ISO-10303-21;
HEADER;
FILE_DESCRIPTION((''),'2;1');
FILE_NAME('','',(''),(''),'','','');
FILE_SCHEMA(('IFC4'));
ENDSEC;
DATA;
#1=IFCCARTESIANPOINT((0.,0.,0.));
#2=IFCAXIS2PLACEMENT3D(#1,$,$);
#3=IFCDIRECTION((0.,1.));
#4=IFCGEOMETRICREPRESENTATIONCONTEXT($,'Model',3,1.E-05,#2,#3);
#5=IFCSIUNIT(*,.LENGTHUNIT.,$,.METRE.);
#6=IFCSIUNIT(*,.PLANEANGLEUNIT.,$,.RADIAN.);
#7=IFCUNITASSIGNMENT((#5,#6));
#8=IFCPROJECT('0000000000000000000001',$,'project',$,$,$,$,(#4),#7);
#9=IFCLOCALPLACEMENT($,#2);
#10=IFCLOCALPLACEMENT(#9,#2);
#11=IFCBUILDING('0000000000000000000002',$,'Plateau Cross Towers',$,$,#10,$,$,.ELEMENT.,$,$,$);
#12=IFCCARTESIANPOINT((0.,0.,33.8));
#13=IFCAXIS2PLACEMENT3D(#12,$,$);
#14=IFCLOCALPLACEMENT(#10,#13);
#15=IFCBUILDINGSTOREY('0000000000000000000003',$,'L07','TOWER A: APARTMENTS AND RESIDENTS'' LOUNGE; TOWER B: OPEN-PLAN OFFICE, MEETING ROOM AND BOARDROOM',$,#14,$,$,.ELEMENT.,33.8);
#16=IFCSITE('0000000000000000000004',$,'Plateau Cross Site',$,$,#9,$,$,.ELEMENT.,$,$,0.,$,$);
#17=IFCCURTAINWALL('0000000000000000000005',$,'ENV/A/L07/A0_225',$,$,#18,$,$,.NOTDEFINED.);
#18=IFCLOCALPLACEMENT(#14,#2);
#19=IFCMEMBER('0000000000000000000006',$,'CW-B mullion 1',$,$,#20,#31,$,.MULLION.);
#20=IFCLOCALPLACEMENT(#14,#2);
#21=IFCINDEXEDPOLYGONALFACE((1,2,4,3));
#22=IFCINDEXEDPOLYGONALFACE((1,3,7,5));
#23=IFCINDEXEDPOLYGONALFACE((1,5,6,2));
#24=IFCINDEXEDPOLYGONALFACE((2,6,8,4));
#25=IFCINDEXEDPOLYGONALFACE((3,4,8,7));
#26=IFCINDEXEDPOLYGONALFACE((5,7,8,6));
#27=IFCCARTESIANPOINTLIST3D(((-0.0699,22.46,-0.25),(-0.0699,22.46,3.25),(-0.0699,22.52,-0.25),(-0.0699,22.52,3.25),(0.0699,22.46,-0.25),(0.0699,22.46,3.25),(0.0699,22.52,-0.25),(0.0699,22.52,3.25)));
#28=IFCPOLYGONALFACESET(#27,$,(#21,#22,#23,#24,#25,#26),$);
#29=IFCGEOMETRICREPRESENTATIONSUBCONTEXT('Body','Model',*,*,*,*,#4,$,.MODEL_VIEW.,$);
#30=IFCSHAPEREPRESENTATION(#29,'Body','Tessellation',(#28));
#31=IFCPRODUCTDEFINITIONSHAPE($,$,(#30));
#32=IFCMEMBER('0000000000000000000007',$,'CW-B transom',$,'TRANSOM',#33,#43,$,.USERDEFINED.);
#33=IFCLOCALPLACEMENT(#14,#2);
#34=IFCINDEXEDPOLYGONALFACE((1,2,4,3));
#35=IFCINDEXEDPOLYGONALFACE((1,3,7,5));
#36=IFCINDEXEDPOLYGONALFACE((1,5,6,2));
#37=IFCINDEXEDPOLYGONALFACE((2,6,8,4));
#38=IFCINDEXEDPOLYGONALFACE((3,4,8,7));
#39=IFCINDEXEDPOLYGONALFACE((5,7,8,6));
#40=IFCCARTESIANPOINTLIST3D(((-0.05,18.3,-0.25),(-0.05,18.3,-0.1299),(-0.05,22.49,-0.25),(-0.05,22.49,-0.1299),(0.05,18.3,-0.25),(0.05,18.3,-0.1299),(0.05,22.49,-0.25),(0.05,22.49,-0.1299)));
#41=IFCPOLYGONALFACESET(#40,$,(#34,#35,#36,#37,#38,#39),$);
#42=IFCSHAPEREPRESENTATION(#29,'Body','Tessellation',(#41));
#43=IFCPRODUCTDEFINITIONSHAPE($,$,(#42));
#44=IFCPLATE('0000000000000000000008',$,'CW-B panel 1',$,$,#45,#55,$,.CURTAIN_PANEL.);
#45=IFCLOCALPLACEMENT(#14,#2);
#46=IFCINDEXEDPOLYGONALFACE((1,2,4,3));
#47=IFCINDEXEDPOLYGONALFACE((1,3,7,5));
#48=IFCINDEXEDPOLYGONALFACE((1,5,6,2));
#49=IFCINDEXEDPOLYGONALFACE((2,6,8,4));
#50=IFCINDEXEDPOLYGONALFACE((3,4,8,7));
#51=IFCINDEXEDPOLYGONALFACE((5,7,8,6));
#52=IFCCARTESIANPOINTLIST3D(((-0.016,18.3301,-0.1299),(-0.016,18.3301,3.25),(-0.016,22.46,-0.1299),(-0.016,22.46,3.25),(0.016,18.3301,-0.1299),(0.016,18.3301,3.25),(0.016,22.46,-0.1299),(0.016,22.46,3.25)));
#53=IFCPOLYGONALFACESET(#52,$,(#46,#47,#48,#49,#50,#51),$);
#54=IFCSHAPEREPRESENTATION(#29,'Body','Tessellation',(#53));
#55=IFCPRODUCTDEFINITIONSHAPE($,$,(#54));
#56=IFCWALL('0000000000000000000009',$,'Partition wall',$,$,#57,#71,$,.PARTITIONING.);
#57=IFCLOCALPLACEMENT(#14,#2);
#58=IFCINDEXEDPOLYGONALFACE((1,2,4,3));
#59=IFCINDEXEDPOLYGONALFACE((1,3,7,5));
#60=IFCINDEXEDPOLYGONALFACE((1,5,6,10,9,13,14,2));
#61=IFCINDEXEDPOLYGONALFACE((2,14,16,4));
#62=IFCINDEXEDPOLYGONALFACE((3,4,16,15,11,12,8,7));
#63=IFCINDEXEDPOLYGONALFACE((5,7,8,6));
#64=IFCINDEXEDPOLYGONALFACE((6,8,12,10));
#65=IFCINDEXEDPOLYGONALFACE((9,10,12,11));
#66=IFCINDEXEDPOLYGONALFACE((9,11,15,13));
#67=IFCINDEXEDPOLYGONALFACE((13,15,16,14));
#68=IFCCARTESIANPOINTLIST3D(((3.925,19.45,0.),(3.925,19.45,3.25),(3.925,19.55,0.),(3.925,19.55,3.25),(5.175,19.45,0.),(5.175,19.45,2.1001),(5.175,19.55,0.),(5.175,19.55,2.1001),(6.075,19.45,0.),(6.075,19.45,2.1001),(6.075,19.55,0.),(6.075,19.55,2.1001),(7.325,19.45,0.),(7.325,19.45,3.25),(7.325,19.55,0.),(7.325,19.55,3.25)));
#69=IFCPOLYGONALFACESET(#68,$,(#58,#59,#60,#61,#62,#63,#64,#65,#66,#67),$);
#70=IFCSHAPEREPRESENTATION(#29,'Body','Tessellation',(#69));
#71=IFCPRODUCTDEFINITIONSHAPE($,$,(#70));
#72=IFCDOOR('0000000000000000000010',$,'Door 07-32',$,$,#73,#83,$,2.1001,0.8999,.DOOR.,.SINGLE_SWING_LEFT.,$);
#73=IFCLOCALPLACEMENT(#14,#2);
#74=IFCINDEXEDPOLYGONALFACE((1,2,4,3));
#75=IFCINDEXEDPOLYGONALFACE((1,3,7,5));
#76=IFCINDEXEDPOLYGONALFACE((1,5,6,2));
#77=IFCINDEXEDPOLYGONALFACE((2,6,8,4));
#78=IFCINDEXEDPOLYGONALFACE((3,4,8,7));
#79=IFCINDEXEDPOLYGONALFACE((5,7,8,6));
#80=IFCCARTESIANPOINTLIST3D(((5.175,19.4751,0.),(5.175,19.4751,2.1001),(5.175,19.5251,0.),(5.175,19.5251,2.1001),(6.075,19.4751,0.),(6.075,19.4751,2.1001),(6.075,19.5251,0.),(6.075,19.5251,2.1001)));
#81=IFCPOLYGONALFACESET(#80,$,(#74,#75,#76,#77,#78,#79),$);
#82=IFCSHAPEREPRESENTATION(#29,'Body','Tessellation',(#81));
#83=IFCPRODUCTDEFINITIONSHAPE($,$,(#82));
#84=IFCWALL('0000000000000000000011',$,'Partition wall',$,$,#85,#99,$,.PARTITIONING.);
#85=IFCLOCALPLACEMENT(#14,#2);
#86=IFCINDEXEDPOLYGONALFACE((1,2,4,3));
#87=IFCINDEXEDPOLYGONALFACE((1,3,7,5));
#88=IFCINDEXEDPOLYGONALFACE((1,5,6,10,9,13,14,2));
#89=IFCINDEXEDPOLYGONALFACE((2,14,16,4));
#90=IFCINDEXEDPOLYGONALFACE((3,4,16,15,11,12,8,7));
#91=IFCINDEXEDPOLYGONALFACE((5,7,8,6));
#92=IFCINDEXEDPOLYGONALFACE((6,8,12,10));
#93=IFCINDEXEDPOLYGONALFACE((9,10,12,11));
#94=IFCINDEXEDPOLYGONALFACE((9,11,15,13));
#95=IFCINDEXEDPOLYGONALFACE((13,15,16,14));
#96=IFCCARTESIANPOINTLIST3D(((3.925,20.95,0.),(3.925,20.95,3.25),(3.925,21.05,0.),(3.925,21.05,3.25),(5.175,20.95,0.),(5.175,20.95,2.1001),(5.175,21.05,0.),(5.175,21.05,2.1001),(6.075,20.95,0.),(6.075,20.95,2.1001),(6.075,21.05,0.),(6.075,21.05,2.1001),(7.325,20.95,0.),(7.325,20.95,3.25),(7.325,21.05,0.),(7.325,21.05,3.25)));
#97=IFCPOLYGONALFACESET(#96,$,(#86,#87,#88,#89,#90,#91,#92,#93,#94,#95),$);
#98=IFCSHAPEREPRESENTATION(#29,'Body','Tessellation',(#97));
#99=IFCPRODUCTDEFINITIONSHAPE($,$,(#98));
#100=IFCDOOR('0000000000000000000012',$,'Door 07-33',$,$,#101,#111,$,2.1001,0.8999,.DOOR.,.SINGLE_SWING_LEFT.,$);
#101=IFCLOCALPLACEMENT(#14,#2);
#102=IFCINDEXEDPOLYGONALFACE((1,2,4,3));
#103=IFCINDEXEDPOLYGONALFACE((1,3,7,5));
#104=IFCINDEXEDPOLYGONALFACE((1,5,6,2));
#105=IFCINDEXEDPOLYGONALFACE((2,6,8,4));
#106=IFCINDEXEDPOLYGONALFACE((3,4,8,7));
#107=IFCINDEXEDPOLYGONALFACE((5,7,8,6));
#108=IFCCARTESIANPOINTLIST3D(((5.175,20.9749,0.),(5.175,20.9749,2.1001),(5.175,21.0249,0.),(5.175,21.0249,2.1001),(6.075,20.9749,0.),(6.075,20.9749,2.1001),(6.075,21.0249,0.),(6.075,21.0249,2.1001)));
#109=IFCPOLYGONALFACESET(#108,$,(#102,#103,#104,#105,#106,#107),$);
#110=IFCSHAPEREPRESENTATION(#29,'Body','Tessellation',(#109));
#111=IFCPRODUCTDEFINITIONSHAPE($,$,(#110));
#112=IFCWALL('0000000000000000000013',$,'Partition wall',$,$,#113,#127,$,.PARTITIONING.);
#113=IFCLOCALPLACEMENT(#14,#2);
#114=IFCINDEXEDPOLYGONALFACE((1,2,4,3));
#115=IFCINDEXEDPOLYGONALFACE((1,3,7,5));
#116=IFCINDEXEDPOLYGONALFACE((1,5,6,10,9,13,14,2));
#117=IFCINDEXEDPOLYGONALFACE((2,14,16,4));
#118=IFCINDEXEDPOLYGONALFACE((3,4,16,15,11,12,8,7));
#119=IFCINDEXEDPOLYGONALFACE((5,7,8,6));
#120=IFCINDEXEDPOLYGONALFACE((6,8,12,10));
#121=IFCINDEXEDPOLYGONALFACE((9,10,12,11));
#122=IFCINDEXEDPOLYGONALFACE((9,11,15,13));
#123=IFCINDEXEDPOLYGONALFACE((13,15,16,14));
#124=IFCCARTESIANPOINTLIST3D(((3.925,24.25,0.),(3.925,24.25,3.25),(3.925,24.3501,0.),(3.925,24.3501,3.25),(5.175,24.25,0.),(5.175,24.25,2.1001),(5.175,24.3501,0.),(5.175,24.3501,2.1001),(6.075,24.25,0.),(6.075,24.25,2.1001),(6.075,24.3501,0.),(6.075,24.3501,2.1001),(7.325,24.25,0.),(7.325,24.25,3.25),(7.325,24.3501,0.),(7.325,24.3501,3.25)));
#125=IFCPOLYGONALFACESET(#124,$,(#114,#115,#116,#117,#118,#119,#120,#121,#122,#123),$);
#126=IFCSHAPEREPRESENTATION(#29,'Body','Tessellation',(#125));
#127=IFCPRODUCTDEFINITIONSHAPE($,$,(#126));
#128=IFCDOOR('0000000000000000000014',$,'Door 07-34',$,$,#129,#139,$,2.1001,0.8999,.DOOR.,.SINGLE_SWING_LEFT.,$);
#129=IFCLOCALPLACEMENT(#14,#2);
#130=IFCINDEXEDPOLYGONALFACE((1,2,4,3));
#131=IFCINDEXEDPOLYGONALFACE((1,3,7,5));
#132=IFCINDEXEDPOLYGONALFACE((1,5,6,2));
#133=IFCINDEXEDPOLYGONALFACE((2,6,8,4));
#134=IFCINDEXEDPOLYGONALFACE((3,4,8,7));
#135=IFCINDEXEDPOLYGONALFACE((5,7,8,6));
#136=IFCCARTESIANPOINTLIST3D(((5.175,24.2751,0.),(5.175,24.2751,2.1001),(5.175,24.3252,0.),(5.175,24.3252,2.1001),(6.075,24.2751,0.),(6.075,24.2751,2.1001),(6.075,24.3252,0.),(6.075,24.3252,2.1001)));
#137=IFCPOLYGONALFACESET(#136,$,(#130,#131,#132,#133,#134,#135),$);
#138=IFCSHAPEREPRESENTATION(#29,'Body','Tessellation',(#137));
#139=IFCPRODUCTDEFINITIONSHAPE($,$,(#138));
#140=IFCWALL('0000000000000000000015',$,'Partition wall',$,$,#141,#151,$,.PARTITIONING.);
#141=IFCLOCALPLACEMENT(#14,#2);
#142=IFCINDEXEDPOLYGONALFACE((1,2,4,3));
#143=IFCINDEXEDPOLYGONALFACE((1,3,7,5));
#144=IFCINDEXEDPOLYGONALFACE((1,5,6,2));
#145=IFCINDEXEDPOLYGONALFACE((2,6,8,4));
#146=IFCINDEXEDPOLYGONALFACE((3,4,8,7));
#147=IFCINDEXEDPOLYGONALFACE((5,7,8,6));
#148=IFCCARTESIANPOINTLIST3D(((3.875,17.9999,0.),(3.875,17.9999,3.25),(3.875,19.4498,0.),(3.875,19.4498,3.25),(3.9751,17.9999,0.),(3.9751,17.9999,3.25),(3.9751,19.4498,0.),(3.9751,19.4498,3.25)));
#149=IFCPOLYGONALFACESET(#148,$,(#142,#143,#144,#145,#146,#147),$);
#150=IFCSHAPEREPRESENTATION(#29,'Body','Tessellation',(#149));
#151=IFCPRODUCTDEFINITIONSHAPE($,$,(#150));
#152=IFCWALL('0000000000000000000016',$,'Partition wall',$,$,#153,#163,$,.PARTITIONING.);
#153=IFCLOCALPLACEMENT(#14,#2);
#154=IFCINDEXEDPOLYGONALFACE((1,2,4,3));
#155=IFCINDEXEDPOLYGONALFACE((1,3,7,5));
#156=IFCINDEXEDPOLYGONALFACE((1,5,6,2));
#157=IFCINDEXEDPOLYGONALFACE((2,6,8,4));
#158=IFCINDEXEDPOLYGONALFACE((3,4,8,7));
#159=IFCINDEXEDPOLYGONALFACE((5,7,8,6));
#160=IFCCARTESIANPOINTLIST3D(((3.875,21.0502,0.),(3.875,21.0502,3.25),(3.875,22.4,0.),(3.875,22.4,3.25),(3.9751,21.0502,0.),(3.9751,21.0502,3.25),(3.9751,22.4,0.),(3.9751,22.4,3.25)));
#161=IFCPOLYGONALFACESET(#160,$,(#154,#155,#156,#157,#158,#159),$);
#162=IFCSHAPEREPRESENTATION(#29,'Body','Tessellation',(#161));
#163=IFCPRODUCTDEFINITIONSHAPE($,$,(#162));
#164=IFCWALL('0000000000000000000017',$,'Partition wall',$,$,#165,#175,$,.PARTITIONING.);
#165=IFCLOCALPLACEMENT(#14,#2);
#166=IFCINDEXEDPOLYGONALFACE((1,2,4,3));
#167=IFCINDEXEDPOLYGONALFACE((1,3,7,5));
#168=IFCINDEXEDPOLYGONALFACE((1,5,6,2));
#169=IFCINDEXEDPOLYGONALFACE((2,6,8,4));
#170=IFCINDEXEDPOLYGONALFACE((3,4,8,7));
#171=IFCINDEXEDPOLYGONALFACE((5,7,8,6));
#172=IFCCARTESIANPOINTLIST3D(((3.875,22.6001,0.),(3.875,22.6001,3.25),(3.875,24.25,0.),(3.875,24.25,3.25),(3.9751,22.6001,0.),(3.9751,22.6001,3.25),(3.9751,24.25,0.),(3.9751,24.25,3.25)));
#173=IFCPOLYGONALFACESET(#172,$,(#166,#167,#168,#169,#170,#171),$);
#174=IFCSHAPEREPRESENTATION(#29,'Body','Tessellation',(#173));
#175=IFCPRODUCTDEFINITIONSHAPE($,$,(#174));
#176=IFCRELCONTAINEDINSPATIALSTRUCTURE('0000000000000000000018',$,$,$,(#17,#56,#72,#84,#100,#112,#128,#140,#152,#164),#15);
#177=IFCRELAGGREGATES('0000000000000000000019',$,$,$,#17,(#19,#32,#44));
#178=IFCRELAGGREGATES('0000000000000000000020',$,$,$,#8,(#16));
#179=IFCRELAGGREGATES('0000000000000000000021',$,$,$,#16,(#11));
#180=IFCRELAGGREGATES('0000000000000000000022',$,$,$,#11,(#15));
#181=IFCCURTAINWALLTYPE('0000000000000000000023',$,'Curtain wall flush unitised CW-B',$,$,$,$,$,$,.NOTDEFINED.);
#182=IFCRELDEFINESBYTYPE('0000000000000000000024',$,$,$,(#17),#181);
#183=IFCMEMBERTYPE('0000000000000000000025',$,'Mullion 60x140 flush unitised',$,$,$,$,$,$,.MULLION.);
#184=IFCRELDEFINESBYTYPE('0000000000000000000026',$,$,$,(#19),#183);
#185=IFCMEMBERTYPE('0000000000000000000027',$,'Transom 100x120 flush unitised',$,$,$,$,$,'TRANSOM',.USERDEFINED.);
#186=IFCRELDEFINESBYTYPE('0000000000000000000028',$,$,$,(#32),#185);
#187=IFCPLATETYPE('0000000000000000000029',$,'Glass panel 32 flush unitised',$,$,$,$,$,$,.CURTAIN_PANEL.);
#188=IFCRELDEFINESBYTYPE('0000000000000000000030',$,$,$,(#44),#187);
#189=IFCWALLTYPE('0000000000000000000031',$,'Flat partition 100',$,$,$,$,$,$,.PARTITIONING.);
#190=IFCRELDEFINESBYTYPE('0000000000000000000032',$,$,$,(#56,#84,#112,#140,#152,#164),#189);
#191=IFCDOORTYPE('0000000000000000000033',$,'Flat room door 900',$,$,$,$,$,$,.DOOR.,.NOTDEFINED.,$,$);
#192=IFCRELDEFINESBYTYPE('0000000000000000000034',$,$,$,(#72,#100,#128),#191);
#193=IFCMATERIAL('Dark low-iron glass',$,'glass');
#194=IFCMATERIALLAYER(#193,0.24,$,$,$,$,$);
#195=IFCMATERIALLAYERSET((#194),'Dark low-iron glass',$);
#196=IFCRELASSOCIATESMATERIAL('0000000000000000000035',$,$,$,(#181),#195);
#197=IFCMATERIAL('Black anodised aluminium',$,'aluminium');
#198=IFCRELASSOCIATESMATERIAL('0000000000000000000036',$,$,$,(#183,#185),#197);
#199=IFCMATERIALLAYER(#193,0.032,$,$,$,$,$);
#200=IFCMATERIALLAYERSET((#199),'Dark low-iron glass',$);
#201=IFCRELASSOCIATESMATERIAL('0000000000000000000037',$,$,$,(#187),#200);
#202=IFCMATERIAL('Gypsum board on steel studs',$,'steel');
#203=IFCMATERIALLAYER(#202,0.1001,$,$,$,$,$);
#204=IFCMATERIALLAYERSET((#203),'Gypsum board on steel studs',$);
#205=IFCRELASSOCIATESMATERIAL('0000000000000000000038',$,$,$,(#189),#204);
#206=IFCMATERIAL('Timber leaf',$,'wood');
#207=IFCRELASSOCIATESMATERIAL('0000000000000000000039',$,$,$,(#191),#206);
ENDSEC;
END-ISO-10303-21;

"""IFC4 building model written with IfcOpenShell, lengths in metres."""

from ifc_helpers import new_model, si_unit, direction, frame, frame_2d, origin, origin_2d, place, context, subcontext, project, spatial, rectangle, extrude, material, layer, layer_set, material_profile, profile_set, type_object, element, fill, aggregate, save


model = new_model("IFC4")

# Units and contexts
model_context = context("Model", 3, precision=1e-05, world=origin(), true_north=direction((0.0, 1.0)))
body_context = subcontext(model_context, "Body", "Model", "MODEL_VIEW")
ifc_project = project(units=[si_unit("LENGTHUNIT", "METRE"), si_unit("PLANEANGLEUNIT", "RADIAN")], contexts=[model_context])

# Site, building, storey
site_placement = place(None, origin())
site = spatial("IfcSite", under=ifc_project, at=site_placement, Name="Plateau Cross Site", CompositionType="ELEMENT", RefElevation=0.0)
building_placement = place(site_placement, origin())
building = spatial("IfcBuilding", under=site, at=building_placement, Name="Plateau Cross Towers", CompositionType="ELEMENT")
storey_placement = place(building_placement, frame((0.0, 0.0, 33.8)))
storey = spatial("IfcBuildingStorey", under=building, at=storey_placement, Name="L07", Description="TOWER A: APARTMENTS AND RESIDENTS' LOUNGE; TOWER B: OPEN-PLAN OFFICE, MEETING ROOM AND BOARDROOM", CompositionType="ELEMENT", Elevation=33.8)

# Curtain wall, members, plate
ifc_material_1 = material(Name="Dark low-iron glass", Category="glass")
ifc_layer_1 = layer(ifc_material_1, 0.24)
ifc_layer_set_1 = layer_set([ifc_layer_1], Name="Dark low-iron glass")
curtain_wall_type = type_object("IfcCurtainWallType", Name="Curtain wall flush unitised CW-B", PredefinedType="NOTDEFINED", material=ifc_layer_set_1)
curtain_wall_placement = place(storey_placement, origin())
curtain_wall = element("IfcCurtainWall", 1, at=curtain_wall_placement, inside=storey, type_object=curtain_wall_type, Name="ENV/A/L07/A0_225", PredefinedType="NOTDEFINED")
ifc_material_2 = material(Name="Black anodised aluminium", Category="aluminium")
ifc_material_profile_1 = material_profile(ifc_material_2, rectangle(XDim=0.0601, YDim=0.1399, at=origin_2d()), Name="MULLION 60x140")
ifc_profile_set_1 = profile_set([ifc_material_profile_1], Name="Black anodised aluminium")
member_type_1 = type_object("IfcMemberType", Name="Mullion 60x140 flush unitised", PredefinedType="MULLION", material=ifc_profile_set_1)
member_1_placement = place(storey_placement, frame((0.0, 22.49, -0.25), z_axis=(0.0, 0.0, 1.0), x_axis=(0.0, -1.0, 0.0)))
member_1 = element("IfcMember", 2, at=member_1_placement, type_object=member_type_1, Name="CW-B mullion 1", PredefinedType="MULLION", context=body_context, shape_type="SweptSolid", body=[
    extrude(rectangle(XDim=0.0601, YDim=0.1399, at=origin_2d()), origin(), (0.0, 0.0, 1.0), 3.5),
])
ifc_material_profile_2 = material_profile(ifc_material_2, rectangle(XDim=0.1001, YDim=0.1201, at=origin_2d()), Name="TRANSOM 100x120")
ifc_profile_set_2 = profile_set([ifc_material_profile_2], Name="Black anodised aluminium")
member_type_2 = type_object("IfcMemberType", Name="Transom 100x120 flush unitised", ElementType="TRANSOM", PredefinedType="USERDEFINED", material=ifc_profile_set_2)
member_2_placement = place(storey_placement, frame((0.0, 22.49, -0.1899), z_axis=(0.0, -1.0, 0.0), x_axis=(1.0, 0.0, 0.0)))
member_2 = element("IfcMember", 3, at=member_2_placement, type_object=member_type_2, Name="CW-B transom", ObjectType="TRANSOM", PredefinedType="USERDEFINED", context=body_context, shape_type="SweptSolid", body=[
    extrude(rectangle(XDim=0.1001, YDim=0.1201, at=origin_2d()), origin(), (0.0, 0.0, 1.0), 4.1899),
])
ifc_layer_2 = layer(ifc_material_1, 0.032)
ifc_layer_set_2 = layer_set([ifc_layer_2], Name="Dark low-iron glass")
plate_type = type_object("IfcPlateType", Name="Glass panel 32 flush unitised", PredefinedType="CURTAIN_PANEL", material=ifc_layer_set_2)
plate_placement = place(storey_placement, frame((0.0, 20.395, -0.1299), z_axis=(0.0, 0.0, 1.0), x_axis=(0.0, -1.0, 0.0)))
plate = element("IfcPlate", 4, at=plate_placement, type_object=plate_type, Name="CW-B panel 1", PredefinedType="CURTAIN_PANEL", context=body_context, shape_type="SweptSolid", body=[
    extrude(rectangle(XDim=4.1299, YDim=0.032, at=origin_2d()), origin(), (0.0, 0.0, 1.0), 3.3799),
])
aggregate(curtain_wall, [member_1, member_2, plate])

# Walls, openings, doors
ifc_material_3 = material(Name="Gypsum board on steel studs", Category="steel")
ifc_layer_3 = layer(ifc_material_3, 0.1001)
ifc_layer_set_3 = layer_set([ifc_layer_3], Name="Gypsum board on steel studs")
wall_type_1 = type_object("IfcWallType", Name="Flat partition 100", PredefinedType="PARTITIONING", material=ifc_layer_set_3)
wall_1_placement = place(storey_placement, frame((7.325, 19.5, 0.0), z_axis=(0.0, 0.0, 1.0), x_axis=(-1.0, 0.0, 0.0)))
wall_1 = element("IfcWall", 5, at=wall_1_placement, inside=storey, type_object=wall_type_1, Name="Partition wall", PredefinedType="PARTITIONING", context=body_context, shape_type="SweptSolid", body=[
    extrude(rectangle(XDim=3.3999, YDim=0.1001, at=frame_2d((1.7, 0.0))), origin(), (0.0, 0.0, 1.0), 3.25),
])
opening_1_placement = place(wall_1_placement, frame((1.25, 0.0, 0.0)))
opening_1 = element("IfcOpeningElement", 6, at=opening_1_placement, cuts=wall_1, PredefinedType="OPENING", context=body_context, shape_type="SweptSolid", body=[
    extrude(rectangle(XDim=0.8999, YDim=2.1001, at=frame_2d((0.45, 1.05))), frame((0.0, 0.0601, 0.0), z_axis=(0.0, -1.0, 0.0), x_axis=(1.0, 0.0, 0.0)), (0.0, 0.0, 1.0), 0.1201),
])
ifc_material_4 = material(Name="Timber leaf", Category="wood")
door_type_1 = type_object("IfcDoorType", Name="Flat room door 900", OperationType="NOTDEFINED", PredefinedType="DOOR", material=ifc_material_4)
door_1_placement = place(opening_1_placement, origin())
door_1 = element("IfcDoor", 7, at=door_1_placement, inside=storey, type_object=door_type_1, Name="Door 07-32", OperationType="SINGLE_SWING_LEFT", OverallHeight=2.1001, OverallWidth=0.8999, PredefinedType="DOOR", context=body_context, shape_type="SweptSolid", body=[
    extrude(rectangle(XDim=0.8999, YDim=2.1001, at=frame_2d((0.45, 1.05))), frame((0.0, 0.0249, 0.0), z_axis=(0.0, -1.0, 0.0), x_axis=(1.0, 0.0, 0.0)), (0.0, 0.0, 1.0), 0.05),
])
fill(opening_1, door_1)
wall_2_placement = place(storey_placement, frame((3.925, 21.0, 0.0), z_axis=(0.0, 0.0, 1.0), x_axis=(1.0, 0.0, 0.0)))
wall_2 = element("IfcWall", 8, at=wall_2_placement, inside=storey, type_object=wall_type_1, Name="Partition wall", PredefinedType="PARTITIONING", context=body_context, shape_type="SweptSolid", body=[
    extrude(rectangle(XDim=3.3999, YDim=0.1001, at=frame_2d((1.7, 0.0))), origin(), (0.0, 0.0, 1.0), 3.25),
])
opening_2_placement = place(wall_2_placement, frame((1.25, 0.0, 0.0)))
opening_2 = element("IfcOpeningElement", 9, at=opening_2_placement, cuts=wall_2, PredefinedType="OPENING", context=body_context, shape_type="SweptSolid", body=[
    extrude(rectangle(XDim=0.8999, YDim=2.1001, at=frame_2d((0.45, 1.05))), frame((0.0, 0.0601, 0.0), z_axis=(0.0, -1.0, 0.0), x_axis=(1.0, 0.0, 0.0)), (0.0, 0.0, 1.0), 0.1201),
])
door_2_placement = place(opening_2_placement, origin())
door_2 = element("IfcDoor", 10, at=door_2_placement, inside=storey, type_object=door_type_1, Name="Door 07-33", OperationType="SINGLE_SWING_LEFT", OverallHeight=2.1001, OverallWidth=0.8999, PredefinedType="DOOR", context=body_context, shape_type="SweptSolid", body=[
    extrude(rectangle(XDim=0.8999, YDim=2.1001, at=frame_2d((0.45, 1.05))), frame((0.0, 0.0249, 0.0), z_axis=(0.0, -1.0, 0.0), x_axis=(1.0, 0.0, 0.0)), (0.0, 0.0, 1.0), 0.05),
])
fill(opening_2, door_2)
wall_3_placement = place(storey_placement, frame((7.325, 24.3, 0.0), z_axis=(0.0, 0.0, 1.0), x_axis=(-1.0, 0.0, 0.0)))
wall_3 = element("IfcWall", 11, at=wall_3_placement, inside=storey, type_object=wall_type_1, Name="Partition wall", PredefinedType="PARTITIONING", context=body_context, shape_type="SweptSolid", body=[
    extrude(rectangle(XDim=3.3999, YDim=0.1001, at=frame_2d((1.7, 0.0))), origin(), (0.0, 0.0, 1.0), 3.25),
])
opening_3_placement = place(wall_3_placement, frame((1.25, 0.0, 0.0)))
opening_3 = element("IfcOpeningElement", 12, at=opening_3_placement, cuts=wall_3, PredefinedType="OPENING", context=body_context, shape_type="SweptSolid", body=[
    extrude(rectangle(XDim=0.8999, YDim=2.1001, at=frame_2d((0.45, 1.05))), frame((0.0, 0.0601, 0.0), z_axis=(0.0, -1.0, 0.0), x_axis=(1.0, 0.0, 0.0)), (0.0, 0.0, 1.0), 0.1201),
])
door_3_placement = place(opening_3_placement, origin())
door_3 = element("IfcDoor", 13, at=door_3_placement, inside=storey, type_object=door_type_1, Name="Door 07-34", OperationType="SINGLE_SWING_LEFT", OverallHeight=2.1001, OverallWidth=0.8999, PredefinedType="DOOR", context=body_context, shape_type="SweptSolid", body=[
    extrude(rectangle(XDim=0.8999, YDim=2.1001, at=frame_2d((0.45, 1.05))), frame((0.0, 0.0249, 0.0), z_axis=(0.0, -1.0, 0.0), x_axis=(1.0, 0.0, 0.0)), (0.0, 0.0, 1.0), 0.05),
])
fill(opening_3, door_3)

# Walls
wall_4_placement = place(storey_placement, frame((3.925, 19.45, 0.0), z_axis=(0.0, 0.0, 1.0), x_axis=(0.0, -1.0, 0.0)))
element("IfcWall", 14, at=wall_4_placement, inside=storey, type_object=wall_type_1, Name="Partition wall", PredefinedType="PARTITIONING", context=body_context, shape_type="SweptSolid", body=[
    extrude(rectangle(XDim=1.45, YDim=0.1001, at=frame_2d((0.7251, 0.0))), origin(), (0.0, 0.0, 1.0), 3.25),
])
wall_5_placement = place(storey_placement, frame((3.925, 22.3999, 0.0), z_axis=(0.0, 0.0, 1.0), x_axis=(0.0, -1.0, 0.0)))
element("IfcWall", 15, at=wall_5_placement, inside=storey, type_object=wall_type_1, Name="Partition wall", PredefinedType="PARTITIONING", context=body_context, shape_type="SweptSolid", body=[
    extrude(rectangle(XDim=1.3499, YDim=0.1001, at=frame_2d((0.6748, 0.0))), origin(), (0.0, 0.0, 1.0), 3.25),
])
wall_6_placement = place(storey_placement, frame((3.925, 24.25, 0.0), z_axis=(0.0, 0.0, 1.0), x_axis=(0.0, -1.0, 0.0)))
element("IfcWall", 16, at=wall_6_placement, inside=storey, type_object=wall_type_1, Name="Partition wall", PredefinedType="PARTITIONING", context=body_context, shape_type="SweptSolid", body=[
    extrude(rectangle(XDim=1.6499, YDim=0.1001, at=frame_2d((0.825, 0.0))), origin(), (0.0, 0.0, 1.0), 3.25),
])

save(model, "model.ifc")
